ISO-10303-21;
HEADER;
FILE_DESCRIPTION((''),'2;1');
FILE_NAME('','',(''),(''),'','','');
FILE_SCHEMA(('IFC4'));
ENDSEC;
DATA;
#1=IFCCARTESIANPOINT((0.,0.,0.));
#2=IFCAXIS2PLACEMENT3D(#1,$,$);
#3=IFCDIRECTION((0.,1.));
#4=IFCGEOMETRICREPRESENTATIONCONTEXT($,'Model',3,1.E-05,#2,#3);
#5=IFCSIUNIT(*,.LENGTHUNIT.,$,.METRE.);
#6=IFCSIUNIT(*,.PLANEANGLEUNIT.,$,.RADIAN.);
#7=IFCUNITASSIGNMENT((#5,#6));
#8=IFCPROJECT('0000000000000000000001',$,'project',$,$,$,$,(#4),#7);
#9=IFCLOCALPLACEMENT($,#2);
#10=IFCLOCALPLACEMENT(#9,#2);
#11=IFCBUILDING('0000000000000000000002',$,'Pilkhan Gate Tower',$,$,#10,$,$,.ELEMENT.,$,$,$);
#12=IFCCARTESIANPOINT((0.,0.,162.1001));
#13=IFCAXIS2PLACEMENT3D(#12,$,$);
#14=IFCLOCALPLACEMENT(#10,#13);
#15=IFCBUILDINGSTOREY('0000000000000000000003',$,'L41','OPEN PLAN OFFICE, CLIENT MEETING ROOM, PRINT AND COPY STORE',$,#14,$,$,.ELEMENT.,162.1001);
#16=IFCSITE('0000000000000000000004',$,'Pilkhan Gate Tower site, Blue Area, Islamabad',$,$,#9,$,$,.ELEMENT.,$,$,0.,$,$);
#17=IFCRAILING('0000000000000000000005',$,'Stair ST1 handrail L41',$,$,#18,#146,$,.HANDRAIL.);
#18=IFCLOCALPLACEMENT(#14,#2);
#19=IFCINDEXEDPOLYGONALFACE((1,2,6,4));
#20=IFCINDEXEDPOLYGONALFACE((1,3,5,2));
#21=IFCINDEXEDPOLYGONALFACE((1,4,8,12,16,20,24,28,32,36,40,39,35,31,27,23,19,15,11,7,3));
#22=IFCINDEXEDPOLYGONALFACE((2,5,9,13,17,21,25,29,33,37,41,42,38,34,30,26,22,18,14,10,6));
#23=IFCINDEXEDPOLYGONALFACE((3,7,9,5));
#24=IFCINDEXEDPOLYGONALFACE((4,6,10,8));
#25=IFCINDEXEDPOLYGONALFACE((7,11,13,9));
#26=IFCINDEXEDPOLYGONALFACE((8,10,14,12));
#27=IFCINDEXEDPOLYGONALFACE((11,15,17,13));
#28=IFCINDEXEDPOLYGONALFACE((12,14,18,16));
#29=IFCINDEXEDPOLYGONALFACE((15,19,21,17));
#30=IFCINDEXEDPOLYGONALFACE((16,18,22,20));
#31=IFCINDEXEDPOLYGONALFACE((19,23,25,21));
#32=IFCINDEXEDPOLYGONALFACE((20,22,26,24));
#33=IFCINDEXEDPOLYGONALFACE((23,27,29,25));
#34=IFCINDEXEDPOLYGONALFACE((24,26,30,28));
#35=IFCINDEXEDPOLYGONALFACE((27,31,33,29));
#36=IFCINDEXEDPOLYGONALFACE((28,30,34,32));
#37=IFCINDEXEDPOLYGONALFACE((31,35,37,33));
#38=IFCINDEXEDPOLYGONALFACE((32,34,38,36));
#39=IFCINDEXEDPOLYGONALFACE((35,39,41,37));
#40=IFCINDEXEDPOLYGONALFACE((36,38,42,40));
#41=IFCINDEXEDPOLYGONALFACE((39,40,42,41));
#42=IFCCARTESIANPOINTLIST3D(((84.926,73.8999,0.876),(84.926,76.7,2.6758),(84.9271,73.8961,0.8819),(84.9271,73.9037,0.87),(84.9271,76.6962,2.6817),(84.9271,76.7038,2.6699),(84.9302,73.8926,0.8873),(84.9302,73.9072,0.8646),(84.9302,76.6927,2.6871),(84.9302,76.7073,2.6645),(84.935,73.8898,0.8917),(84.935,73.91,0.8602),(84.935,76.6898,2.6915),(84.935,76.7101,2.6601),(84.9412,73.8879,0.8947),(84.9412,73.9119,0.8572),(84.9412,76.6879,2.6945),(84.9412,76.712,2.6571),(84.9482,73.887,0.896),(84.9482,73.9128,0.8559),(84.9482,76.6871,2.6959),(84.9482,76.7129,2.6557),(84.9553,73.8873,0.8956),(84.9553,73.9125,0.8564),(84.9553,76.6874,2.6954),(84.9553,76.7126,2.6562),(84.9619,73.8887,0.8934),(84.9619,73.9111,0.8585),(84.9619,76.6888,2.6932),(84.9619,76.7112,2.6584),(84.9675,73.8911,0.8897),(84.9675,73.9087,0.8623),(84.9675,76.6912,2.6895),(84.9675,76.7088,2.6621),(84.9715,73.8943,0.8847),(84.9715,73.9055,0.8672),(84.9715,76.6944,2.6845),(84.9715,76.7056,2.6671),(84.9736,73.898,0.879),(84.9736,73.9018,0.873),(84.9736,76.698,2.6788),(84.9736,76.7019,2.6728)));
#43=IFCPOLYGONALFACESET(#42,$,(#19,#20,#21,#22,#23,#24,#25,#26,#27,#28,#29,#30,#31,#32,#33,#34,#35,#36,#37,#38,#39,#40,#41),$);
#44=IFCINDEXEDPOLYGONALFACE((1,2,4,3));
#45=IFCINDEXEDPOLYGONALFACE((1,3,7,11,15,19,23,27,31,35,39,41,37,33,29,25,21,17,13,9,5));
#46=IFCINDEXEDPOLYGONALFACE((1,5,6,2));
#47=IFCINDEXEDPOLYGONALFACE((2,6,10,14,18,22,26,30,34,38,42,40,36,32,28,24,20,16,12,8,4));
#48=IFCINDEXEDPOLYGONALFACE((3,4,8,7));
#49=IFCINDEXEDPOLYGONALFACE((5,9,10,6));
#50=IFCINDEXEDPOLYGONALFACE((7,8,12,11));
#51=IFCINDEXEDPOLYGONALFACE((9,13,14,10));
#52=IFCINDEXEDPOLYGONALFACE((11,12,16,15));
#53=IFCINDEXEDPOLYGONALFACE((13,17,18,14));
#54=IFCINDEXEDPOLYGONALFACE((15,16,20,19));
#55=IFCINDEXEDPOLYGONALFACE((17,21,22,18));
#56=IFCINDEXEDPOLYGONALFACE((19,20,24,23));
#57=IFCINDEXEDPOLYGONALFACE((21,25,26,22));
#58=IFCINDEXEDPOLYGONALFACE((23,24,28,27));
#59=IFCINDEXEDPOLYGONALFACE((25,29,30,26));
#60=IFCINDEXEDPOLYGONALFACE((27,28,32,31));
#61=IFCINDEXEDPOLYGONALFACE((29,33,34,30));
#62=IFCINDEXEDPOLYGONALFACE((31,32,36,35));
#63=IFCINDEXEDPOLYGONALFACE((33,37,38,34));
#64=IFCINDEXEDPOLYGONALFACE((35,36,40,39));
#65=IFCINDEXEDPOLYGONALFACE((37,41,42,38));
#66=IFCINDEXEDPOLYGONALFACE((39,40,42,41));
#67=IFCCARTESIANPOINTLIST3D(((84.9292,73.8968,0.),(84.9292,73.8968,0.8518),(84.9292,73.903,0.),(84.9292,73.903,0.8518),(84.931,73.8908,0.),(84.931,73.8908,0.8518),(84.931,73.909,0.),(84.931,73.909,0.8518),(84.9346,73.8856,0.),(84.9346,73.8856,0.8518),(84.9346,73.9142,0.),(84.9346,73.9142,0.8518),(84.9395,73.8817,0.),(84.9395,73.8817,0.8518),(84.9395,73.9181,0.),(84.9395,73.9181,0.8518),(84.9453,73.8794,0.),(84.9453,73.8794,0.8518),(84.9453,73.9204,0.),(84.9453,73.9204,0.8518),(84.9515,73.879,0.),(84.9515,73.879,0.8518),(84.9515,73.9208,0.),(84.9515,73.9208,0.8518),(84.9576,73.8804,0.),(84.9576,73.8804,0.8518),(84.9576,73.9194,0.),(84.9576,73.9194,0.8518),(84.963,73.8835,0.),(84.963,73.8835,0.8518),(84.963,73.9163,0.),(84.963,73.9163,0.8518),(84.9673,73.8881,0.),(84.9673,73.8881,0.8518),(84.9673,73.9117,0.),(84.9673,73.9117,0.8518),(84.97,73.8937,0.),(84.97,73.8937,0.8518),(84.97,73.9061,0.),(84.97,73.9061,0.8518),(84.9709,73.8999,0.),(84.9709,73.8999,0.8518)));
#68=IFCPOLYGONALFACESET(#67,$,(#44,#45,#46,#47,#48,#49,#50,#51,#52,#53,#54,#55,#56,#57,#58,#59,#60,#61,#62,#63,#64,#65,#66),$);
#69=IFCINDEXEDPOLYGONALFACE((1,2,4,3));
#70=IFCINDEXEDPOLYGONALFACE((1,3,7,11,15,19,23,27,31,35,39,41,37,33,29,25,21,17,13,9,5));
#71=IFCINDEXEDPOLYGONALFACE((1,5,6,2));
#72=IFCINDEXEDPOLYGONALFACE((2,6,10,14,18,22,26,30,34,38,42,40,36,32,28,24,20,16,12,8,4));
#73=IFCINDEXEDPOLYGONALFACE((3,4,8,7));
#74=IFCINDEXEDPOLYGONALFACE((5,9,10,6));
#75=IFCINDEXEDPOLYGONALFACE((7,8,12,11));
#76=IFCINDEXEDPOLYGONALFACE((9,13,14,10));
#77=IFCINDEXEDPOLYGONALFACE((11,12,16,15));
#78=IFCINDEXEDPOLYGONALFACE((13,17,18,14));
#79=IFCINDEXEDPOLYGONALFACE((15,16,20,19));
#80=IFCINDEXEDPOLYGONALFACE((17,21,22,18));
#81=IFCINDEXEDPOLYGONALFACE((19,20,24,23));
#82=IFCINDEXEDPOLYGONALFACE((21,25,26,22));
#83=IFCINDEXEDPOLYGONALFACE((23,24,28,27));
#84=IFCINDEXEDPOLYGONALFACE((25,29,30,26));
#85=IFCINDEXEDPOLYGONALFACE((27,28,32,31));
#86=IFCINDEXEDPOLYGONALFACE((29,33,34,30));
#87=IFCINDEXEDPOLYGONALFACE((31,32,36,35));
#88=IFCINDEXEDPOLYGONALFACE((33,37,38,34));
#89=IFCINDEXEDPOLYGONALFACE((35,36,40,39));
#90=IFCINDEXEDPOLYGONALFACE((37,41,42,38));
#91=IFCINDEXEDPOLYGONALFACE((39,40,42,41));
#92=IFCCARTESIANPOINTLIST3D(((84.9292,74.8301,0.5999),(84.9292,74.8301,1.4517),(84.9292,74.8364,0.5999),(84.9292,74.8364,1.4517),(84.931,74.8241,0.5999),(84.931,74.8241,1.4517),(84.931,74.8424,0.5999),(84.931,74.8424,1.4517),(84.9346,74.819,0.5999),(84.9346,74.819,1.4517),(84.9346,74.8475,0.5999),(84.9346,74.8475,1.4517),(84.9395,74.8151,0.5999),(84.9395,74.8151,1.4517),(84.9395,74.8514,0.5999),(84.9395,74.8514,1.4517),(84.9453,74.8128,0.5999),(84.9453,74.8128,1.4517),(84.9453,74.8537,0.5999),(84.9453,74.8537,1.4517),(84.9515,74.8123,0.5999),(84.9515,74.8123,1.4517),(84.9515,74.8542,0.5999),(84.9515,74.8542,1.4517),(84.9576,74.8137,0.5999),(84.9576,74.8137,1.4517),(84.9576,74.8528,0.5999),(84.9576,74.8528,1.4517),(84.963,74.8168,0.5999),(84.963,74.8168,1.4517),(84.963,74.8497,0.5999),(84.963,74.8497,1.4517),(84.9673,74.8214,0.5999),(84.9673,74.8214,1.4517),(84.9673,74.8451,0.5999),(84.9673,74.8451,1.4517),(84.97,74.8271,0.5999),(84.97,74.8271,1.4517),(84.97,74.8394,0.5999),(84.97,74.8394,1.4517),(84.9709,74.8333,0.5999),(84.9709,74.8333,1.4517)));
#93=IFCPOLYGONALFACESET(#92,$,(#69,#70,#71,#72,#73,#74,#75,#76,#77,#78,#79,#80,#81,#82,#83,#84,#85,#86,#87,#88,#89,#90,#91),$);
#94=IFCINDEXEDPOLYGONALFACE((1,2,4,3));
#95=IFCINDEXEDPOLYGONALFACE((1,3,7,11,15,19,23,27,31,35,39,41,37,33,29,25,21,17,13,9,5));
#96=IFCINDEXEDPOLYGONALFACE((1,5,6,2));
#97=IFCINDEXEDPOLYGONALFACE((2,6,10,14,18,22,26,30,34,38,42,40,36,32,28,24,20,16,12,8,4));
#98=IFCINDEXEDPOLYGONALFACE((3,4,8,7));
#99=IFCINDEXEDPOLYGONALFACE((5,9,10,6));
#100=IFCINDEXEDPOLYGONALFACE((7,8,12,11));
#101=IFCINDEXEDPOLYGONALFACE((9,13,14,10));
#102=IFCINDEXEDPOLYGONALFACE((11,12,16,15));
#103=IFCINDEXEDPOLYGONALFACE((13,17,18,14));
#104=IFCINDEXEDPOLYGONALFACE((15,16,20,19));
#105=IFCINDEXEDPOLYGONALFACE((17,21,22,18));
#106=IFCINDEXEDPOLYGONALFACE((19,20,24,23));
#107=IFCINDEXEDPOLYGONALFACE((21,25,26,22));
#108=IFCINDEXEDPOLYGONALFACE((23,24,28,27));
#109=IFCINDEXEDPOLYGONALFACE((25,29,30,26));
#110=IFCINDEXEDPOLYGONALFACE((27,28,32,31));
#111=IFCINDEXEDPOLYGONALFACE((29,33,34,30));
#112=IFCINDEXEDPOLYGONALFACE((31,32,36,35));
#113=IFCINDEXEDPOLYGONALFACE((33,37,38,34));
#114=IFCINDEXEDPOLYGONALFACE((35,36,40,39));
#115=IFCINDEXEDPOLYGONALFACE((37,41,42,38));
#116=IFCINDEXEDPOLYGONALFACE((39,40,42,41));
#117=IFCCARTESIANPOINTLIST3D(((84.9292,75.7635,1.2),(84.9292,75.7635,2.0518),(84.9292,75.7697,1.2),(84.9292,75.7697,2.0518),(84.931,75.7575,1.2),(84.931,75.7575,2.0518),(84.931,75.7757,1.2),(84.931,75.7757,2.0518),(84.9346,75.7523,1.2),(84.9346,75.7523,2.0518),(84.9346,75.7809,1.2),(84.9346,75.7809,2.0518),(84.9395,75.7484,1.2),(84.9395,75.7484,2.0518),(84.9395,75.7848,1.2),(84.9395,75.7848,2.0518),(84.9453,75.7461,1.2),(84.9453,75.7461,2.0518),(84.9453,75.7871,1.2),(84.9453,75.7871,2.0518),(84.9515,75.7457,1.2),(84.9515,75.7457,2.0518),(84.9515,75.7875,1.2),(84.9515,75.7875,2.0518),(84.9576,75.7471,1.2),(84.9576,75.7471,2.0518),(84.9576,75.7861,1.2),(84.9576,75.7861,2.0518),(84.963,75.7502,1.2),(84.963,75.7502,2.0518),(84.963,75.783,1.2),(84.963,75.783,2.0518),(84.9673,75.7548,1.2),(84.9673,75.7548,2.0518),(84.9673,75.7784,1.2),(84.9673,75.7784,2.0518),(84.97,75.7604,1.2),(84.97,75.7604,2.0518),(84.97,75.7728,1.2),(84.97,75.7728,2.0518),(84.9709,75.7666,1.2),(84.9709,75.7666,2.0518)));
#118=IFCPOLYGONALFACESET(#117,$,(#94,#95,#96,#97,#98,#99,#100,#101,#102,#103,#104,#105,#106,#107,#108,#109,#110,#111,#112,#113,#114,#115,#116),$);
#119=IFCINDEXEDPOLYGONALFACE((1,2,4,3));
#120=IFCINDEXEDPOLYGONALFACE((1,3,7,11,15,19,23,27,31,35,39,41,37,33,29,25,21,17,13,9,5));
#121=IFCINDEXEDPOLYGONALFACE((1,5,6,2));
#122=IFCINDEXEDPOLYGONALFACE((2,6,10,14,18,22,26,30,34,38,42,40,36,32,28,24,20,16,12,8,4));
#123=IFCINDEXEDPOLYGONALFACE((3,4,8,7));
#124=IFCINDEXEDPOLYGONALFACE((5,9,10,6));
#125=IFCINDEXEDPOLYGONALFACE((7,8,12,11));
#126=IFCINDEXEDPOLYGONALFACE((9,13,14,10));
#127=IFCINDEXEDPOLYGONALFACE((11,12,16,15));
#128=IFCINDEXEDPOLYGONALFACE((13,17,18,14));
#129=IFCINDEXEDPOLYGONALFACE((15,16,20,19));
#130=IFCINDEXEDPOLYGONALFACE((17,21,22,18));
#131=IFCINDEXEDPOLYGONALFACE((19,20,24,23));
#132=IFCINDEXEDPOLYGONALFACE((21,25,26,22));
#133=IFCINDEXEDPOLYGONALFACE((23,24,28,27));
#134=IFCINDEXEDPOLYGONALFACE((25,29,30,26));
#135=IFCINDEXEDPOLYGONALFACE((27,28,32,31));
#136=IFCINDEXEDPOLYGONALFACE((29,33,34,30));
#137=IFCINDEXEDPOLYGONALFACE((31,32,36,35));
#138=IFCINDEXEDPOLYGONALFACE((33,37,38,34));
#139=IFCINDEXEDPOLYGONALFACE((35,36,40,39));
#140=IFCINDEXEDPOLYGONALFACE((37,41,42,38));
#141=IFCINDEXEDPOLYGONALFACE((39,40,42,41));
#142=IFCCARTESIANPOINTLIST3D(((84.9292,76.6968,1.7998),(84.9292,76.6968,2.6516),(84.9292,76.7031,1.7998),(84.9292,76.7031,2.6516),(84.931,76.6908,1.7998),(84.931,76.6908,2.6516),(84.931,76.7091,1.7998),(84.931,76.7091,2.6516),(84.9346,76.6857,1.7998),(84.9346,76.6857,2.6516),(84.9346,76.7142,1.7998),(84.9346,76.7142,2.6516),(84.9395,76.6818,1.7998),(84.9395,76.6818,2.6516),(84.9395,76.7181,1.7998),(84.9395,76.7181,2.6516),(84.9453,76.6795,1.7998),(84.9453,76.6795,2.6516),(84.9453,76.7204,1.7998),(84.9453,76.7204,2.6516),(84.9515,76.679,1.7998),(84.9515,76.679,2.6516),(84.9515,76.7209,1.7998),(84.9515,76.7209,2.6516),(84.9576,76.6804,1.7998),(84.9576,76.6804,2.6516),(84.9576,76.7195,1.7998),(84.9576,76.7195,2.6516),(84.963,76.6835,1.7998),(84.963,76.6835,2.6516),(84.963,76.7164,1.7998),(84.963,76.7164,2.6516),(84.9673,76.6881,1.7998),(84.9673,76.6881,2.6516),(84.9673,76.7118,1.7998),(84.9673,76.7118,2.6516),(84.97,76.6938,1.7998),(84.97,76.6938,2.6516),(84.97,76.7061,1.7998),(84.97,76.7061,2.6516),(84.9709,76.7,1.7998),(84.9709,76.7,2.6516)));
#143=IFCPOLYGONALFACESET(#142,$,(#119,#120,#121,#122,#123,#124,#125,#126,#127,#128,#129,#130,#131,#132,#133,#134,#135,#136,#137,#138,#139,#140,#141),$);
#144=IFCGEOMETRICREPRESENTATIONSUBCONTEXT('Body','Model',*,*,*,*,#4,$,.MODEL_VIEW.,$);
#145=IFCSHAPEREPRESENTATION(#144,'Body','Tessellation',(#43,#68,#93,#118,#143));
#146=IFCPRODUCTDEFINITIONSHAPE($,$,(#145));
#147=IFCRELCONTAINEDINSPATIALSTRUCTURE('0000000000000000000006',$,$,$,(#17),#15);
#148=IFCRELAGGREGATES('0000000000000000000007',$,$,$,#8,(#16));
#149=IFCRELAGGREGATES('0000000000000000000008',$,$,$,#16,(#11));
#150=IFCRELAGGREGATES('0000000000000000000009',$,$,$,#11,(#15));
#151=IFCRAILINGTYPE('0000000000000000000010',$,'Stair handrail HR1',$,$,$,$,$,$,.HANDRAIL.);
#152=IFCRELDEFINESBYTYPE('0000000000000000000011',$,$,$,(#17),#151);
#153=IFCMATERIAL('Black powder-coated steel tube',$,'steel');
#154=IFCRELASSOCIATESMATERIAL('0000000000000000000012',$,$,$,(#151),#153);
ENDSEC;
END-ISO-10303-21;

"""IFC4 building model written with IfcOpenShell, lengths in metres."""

from ifc_helpers import new_model, si_unit, direction, frame, origin, origin_2d, place, context, subcontext, project, spatial, circle, extrude, material, type_object, element, save


model = new_model("IFC4")

# Units and contexts
model_context = context("Model", 3, precision=1e-05, world=origin(), true_north=direction((0.0, 1.0)))
body_context = subcontext(model_context, "Body", "Model", "MODEL_VIEW")
ifc_project = project(units=[si_unit("LENGTHUNIT", "METRE"), si_unit("PLANEANGLEUNIT", "RADIAN")], contexts=[model_context])

# Site, building, storey
site_placement = place(None, origin())
site = spatial("IfcSite", under=ifc_project, at=site_placement, Name="Pilkhan Gate Tower site, Blue Area, Islamabad", CompositionType="ELEMENT", RefElevation=0.0)
building_placement = place(site_placement, origin())
building = spatial("IfcBuilding", under=site, at=building_placement, Name="Pilkhan Gate Tower", CompositionType="ELEMENT")
storey_placement = place(building_placement, frame((0.0, 0.0, 162.1001)))
storey = spatial("IfcBuildingStorey", under=building, at=storey_placement, Name="L41", Description="OPEN PLAN OFFICE, CLIENT MEETING ROOM, PRINT AND COPY STORE", CompositionType="ELEMENT", Elevation=162.1001)

# Railing
ifc_material_1 = material(Name="Black powder-coated steel tube", Category="steel")
railing_type_1 = type_object("IfcRailingType", Name="Stair handrail HR1", PredefinedType="HANDRAIL", material=ifc_material_1)
railing_1_placement = place(storey_placement, frame((84.95, 73.8999, 0.0)))
element("IfcRailing", 1, at=railing_1_placement, inside=storey, type_object=railing_type_1, Name="Stair ST1 handrail L41", PredefinedType="HANDRAIL", context=body_context, shape_type="SweptSolid", body=[
    extrude(circle(Radius=0.0239, at=origin_2d()), frame((0.0, 0.0, 0.876), z_axis=(0.0, 0.841209, 0.540709), x_axis=(-1.0, 0.0, 0.0)), (0.0, 0.0, 1.0), 3.3286),
    extrude(circle(Radius=0.021, at=origin_2d()), origin(), (0.0, 0.0, 1.0), 0.8518),
    extrude(circle(Radius=0.021, at=origin_2d()), frame((0.0, 0.9333, 0.5999)), (0.0, 0.0, 1.0), 0.8518),
    extrude(circle(Radius=0.021, at=origin_2d()), frame((0.0, 1.8667, 1.2)), (0.0, 0.0, 1.0), 0.8518),
    extrude(circle(Radius=0.021, at=origin_2d()), frame((0.0, 2.8, 1.7998)), (0.0, 0.0, 1.0), 0.8518),
])

save(model, "model.ifc")
